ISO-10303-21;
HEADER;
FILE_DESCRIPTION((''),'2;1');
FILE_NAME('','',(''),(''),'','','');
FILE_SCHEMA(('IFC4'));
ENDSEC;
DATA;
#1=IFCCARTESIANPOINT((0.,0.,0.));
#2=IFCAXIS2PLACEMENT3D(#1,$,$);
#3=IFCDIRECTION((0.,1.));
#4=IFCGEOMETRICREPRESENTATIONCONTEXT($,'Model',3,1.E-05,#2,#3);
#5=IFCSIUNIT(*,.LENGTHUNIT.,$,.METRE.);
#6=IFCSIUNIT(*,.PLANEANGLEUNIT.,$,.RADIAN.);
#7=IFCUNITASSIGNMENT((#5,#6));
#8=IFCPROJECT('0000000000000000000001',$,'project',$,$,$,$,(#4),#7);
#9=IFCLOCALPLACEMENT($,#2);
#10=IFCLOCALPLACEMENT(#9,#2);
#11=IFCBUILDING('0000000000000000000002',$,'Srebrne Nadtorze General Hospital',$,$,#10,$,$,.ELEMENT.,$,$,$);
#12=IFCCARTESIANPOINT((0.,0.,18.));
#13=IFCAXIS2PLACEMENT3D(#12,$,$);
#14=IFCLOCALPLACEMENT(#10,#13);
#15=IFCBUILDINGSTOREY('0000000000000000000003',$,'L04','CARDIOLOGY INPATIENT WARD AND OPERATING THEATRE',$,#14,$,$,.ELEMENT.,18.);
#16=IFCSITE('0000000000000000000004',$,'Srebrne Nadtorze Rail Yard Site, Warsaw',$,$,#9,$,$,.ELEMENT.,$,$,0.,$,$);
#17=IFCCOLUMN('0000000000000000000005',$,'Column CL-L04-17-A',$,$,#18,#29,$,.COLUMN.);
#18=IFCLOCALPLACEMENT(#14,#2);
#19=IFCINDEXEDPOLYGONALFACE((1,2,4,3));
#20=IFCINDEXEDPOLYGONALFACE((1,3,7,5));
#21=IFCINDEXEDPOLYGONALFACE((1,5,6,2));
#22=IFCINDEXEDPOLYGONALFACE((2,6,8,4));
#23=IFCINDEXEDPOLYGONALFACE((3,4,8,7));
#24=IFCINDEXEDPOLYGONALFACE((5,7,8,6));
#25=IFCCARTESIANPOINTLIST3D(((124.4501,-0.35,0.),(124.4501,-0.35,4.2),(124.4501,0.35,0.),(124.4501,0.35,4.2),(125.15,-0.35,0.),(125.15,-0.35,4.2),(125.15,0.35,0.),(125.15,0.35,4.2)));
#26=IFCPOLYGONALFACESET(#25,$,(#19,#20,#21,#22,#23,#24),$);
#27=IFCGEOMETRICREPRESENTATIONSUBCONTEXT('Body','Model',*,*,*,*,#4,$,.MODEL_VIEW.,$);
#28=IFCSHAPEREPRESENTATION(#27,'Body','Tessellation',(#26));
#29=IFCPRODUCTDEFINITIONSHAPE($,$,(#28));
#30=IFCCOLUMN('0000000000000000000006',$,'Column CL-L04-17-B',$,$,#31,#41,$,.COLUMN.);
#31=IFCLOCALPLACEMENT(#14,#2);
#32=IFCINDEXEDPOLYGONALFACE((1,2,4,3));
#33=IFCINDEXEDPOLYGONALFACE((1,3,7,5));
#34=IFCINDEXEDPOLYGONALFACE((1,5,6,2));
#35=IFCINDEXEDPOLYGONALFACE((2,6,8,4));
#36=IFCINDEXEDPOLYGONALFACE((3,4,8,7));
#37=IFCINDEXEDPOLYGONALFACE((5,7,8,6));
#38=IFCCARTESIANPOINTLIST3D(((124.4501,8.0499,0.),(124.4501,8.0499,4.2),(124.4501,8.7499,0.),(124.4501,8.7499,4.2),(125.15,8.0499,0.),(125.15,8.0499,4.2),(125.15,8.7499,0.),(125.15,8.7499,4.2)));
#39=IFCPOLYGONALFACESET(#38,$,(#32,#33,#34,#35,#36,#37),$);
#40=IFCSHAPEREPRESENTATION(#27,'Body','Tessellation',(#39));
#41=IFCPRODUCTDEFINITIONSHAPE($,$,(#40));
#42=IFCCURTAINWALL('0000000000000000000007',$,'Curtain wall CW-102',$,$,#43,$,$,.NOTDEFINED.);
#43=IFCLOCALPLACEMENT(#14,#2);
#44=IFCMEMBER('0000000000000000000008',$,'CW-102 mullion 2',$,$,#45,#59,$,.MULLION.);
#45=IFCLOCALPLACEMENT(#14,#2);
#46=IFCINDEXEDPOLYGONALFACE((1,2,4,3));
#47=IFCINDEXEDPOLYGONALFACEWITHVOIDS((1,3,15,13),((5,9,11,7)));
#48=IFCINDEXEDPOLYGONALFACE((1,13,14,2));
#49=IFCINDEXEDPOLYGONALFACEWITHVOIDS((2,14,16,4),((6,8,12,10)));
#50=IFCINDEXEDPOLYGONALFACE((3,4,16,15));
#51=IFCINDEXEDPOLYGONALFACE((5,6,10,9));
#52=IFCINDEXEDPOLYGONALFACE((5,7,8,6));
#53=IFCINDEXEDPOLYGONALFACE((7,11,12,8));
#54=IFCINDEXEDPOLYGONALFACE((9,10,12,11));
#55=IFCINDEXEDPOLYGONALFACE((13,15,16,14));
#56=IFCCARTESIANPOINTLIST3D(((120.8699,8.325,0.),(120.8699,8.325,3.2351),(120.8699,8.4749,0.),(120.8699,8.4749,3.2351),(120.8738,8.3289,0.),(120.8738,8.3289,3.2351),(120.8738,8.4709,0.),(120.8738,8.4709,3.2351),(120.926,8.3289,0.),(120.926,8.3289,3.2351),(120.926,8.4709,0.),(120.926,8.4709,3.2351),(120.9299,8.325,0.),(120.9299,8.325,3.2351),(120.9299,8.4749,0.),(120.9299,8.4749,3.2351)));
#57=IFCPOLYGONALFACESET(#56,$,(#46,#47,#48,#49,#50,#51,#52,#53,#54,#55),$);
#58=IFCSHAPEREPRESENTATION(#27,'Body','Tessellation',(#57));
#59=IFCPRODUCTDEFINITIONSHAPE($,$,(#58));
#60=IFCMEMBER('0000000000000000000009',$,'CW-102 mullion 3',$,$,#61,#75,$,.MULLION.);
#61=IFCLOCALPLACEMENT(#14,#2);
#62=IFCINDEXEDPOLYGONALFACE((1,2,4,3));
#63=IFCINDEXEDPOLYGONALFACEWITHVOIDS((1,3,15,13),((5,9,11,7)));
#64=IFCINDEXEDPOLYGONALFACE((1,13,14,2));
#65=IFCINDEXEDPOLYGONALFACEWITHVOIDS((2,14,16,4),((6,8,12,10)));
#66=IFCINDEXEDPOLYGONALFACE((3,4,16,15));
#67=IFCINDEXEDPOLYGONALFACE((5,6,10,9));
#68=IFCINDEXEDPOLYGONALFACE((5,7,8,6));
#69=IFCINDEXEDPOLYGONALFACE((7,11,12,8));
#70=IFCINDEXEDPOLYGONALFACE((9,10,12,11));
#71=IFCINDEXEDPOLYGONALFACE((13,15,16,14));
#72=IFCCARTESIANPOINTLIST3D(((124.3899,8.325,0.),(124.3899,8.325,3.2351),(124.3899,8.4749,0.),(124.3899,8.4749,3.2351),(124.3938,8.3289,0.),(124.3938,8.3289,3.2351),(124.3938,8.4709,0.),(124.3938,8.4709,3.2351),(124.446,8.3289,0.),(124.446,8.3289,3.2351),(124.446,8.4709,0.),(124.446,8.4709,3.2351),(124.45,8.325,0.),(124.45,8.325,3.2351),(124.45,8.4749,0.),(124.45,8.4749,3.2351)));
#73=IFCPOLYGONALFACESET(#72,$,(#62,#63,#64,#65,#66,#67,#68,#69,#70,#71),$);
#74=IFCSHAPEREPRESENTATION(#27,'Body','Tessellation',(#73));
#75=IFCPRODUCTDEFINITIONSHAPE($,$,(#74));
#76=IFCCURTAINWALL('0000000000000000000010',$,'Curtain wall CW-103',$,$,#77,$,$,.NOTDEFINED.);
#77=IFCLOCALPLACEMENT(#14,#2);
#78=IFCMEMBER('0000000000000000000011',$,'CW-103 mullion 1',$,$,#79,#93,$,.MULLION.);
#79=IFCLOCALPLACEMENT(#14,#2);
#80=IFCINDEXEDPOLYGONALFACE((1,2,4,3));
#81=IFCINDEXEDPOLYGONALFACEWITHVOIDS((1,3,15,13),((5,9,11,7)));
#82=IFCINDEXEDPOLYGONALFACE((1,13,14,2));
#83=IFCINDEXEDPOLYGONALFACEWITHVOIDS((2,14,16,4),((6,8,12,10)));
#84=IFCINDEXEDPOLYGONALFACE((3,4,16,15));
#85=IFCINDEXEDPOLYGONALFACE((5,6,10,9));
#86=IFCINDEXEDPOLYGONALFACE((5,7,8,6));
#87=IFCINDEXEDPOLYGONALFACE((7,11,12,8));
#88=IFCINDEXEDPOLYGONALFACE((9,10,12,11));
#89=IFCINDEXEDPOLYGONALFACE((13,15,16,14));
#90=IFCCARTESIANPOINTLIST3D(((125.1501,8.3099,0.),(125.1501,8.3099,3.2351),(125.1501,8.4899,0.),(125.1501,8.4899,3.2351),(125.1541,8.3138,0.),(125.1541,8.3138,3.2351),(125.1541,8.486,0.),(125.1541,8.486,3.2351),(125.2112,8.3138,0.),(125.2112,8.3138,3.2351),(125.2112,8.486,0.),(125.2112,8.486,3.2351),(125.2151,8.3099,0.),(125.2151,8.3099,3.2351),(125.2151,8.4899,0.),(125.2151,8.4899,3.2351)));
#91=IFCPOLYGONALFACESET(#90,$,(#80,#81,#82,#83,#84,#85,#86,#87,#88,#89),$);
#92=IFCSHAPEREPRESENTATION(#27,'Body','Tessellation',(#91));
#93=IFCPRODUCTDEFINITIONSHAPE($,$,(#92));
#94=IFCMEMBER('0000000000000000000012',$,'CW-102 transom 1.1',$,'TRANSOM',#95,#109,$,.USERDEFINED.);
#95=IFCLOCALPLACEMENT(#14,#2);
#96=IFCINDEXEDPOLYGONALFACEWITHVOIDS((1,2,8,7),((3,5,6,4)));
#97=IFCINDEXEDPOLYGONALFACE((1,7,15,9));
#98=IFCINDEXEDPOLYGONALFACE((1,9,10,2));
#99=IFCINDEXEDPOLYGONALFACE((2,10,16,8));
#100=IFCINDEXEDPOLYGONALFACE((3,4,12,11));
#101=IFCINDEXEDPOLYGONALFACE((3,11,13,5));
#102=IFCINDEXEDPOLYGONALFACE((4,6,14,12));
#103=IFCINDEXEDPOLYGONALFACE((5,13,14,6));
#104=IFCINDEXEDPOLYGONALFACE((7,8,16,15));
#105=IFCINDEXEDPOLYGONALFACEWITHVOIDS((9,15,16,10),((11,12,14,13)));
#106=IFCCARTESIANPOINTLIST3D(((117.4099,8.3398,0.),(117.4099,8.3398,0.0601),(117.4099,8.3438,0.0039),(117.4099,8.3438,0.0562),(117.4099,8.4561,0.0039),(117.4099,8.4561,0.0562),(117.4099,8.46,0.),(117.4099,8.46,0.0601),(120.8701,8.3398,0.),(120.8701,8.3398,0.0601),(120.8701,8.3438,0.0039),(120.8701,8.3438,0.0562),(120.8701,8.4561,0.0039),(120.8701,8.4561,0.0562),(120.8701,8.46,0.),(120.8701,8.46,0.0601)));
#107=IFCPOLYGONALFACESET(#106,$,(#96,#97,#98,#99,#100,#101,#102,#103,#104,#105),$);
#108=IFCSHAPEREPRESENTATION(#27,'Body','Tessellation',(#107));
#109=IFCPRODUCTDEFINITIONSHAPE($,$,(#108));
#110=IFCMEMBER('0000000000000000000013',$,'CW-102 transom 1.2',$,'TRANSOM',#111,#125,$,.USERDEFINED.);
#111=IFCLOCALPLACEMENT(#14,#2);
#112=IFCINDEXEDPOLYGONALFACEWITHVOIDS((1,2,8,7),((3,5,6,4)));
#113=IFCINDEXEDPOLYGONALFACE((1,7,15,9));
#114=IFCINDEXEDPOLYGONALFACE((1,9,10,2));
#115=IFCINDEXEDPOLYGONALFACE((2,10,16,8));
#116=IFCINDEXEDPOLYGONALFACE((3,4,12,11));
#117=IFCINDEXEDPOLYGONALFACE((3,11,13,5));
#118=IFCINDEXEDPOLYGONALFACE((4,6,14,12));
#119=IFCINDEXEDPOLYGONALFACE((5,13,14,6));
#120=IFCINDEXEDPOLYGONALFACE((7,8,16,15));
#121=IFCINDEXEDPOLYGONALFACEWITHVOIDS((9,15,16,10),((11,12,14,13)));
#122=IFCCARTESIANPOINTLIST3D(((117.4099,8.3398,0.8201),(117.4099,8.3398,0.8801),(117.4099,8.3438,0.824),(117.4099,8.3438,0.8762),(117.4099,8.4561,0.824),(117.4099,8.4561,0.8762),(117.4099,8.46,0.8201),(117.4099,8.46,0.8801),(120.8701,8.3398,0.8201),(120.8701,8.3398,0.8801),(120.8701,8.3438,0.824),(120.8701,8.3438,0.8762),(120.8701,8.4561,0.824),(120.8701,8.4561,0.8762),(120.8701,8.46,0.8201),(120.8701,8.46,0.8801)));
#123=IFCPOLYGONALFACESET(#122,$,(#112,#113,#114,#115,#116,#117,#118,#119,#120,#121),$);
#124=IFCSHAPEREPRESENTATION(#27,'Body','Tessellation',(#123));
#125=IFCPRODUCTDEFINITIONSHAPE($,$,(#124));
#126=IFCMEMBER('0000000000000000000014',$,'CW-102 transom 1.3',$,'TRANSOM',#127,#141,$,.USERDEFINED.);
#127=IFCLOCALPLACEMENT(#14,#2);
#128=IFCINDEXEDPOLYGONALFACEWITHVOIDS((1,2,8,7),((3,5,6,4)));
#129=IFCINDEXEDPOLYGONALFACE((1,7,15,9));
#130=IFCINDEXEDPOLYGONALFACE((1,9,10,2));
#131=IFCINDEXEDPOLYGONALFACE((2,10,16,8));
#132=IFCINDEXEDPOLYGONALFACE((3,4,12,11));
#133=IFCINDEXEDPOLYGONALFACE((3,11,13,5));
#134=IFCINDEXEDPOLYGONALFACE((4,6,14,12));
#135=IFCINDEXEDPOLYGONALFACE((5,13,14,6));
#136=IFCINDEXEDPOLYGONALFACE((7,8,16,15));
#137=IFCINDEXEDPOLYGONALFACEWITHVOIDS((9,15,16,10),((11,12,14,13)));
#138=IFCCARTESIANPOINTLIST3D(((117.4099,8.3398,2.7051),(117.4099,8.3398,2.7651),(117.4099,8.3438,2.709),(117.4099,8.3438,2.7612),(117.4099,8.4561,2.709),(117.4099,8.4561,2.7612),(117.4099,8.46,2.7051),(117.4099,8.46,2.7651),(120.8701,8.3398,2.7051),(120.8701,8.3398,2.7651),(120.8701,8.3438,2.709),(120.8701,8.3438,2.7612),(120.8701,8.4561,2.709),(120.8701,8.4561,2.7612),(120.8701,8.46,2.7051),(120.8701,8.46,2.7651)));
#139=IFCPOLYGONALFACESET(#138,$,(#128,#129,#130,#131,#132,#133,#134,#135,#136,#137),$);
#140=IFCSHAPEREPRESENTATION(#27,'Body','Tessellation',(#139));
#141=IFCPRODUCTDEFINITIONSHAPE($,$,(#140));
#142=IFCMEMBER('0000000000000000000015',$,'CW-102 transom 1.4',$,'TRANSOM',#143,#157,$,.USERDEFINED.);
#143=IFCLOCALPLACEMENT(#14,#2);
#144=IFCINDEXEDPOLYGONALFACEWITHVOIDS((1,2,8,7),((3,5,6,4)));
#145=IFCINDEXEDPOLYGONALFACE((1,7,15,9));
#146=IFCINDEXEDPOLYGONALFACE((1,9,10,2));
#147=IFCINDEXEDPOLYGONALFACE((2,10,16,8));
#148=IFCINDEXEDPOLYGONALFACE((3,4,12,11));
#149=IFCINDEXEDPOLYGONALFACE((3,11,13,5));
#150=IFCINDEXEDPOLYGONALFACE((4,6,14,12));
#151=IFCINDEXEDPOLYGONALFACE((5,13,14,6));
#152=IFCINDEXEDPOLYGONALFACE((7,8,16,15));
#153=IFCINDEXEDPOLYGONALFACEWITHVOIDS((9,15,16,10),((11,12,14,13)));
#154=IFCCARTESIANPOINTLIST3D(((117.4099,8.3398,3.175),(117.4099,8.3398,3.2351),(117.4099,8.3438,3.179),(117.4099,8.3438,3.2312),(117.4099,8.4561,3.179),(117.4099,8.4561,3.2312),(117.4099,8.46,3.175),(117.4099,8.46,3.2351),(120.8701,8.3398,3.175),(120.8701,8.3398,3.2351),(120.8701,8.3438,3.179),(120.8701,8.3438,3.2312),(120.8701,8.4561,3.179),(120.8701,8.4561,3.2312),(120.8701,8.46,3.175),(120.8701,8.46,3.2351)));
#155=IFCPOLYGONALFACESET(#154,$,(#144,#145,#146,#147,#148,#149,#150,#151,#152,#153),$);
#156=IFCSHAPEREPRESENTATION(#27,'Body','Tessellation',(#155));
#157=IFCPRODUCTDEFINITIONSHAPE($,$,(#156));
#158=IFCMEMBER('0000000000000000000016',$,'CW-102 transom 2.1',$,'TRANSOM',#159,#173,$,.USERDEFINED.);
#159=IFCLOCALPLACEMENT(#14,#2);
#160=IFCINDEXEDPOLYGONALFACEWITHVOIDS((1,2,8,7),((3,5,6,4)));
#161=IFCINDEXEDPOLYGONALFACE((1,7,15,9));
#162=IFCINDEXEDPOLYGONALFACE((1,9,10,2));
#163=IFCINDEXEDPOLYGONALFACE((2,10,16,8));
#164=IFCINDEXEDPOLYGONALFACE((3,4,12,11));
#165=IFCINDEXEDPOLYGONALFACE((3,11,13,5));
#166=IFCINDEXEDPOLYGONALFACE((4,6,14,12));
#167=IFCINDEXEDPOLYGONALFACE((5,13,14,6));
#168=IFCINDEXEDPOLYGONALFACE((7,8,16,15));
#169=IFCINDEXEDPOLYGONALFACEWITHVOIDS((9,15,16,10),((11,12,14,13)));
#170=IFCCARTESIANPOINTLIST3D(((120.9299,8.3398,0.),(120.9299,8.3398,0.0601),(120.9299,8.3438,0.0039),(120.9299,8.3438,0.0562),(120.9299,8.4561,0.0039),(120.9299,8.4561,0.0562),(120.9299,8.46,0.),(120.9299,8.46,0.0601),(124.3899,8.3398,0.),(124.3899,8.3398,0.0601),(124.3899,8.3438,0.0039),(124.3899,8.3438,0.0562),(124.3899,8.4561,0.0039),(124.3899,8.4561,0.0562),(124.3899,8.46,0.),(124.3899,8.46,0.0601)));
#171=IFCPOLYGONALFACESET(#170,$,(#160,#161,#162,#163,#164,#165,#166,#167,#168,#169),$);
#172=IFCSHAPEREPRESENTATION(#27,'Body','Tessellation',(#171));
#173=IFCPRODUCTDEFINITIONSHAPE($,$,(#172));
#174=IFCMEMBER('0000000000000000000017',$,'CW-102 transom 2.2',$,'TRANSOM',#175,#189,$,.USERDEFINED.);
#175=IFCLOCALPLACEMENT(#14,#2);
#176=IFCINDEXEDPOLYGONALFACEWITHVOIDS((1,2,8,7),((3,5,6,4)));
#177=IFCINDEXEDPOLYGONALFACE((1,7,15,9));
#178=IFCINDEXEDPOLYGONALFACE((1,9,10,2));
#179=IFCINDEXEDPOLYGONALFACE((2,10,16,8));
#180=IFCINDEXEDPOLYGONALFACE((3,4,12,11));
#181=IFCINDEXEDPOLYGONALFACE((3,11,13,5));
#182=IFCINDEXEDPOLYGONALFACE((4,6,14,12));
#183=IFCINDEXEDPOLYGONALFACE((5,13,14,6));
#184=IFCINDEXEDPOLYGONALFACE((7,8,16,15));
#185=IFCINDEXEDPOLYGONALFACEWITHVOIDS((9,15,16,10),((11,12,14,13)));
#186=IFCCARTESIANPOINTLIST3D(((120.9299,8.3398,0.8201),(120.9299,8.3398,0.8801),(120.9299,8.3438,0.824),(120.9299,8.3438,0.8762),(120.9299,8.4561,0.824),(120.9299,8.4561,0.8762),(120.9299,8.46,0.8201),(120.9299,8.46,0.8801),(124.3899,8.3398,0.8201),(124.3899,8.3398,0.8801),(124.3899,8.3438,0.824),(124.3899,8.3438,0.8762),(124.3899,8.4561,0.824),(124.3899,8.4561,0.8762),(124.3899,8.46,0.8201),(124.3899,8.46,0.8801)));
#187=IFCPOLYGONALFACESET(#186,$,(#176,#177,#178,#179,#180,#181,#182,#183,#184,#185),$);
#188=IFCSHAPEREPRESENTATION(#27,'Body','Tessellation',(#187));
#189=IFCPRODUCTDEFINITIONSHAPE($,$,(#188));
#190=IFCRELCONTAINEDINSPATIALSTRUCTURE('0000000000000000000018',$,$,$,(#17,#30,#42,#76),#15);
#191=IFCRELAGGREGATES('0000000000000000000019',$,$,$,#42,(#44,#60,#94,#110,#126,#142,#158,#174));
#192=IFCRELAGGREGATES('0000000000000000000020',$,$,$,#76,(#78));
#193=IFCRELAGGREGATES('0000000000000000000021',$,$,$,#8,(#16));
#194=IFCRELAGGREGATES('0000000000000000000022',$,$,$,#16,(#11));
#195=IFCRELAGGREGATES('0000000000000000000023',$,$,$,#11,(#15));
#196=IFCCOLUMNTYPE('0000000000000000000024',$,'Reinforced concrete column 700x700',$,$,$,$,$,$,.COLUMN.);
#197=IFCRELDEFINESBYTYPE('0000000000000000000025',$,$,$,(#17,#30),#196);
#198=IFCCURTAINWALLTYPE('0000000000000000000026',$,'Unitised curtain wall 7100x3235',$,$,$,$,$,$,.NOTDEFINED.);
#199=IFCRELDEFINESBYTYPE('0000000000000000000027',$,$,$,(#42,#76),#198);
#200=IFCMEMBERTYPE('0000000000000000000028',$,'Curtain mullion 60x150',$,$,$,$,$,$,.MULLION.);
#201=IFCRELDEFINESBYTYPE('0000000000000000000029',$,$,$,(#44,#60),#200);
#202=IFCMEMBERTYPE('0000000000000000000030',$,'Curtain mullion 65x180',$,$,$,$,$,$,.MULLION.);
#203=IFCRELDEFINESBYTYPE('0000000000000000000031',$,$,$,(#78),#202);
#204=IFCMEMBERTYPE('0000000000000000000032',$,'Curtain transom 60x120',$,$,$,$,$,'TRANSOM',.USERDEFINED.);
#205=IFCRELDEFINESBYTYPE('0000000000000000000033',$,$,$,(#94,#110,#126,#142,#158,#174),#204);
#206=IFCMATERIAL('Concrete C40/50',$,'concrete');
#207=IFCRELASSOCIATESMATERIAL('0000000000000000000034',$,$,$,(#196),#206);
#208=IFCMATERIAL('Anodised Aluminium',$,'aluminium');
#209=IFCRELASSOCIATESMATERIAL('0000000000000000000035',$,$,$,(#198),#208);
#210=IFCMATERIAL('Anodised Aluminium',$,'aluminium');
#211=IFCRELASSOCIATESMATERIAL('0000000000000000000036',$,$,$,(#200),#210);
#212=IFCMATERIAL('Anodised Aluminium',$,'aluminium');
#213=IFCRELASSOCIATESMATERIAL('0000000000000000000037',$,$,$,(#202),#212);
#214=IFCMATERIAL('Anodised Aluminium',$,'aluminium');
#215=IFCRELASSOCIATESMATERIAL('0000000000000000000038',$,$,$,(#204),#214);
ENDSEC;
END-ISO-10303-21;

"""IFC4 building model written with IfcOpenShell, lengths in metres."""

from ifc_helpers import new_model, si_unit, direction, frame, origin, origin_2d, place, context, subcontext, project, spatial, rectangle, hollow_rectangle, extrude, material, material_profile, profile_set, type_object, element, aggregate, save


model = new_model("IFC4")

# Units and contexts
model_context = context("Model", 3, precision=1e-05, world=origin(), true_north=direction((0.0, 1.0)))
body_context = subcontext(model_context, "Body", "Model", "MODEL_VIEW")
ifc_project = project(units=[si_unit("LENGTHUNIT", "METRE"), si_unit("PLANEANGLEUNIT", "RADIAN")], contexts=[model_context])

# Site, building, storey
site_placement = place(None, origin())
site = spatial("IfcSite", under=ifc_project, at=site_placement, Name="Srebrne Nadtorze Rail Yard Site, Warsaw", CompositionType="ELEMENT", RefElevation=0.0)
building_placement = place(site_placement, origin())
building = spatial("IfcBuilding", under=site, at=building_placement, Name="Srebrne Nadtorze General Hospital", CompositionType="ELEMENT")
storey_placement = place(building_placement, frame((0.0, 0.0, 18.0)))
storey = spatial("IfcBuildingStorey", under=building, at=storey_placement, Name="L04", Description="CARDIOLOGY INPATIENT WARD AND OPERATING THEATRE", CompositionType="ELEMENT", Elevation=18.0)

# Columns
ifc_material_1 = material(Name="Concrete C40/50", Category="concrete")
ifc_material_profile_1 = material_profile(ifc_material_1, rectangle(XDim=0.7, YDim=0.7, at=origin_2d()), Name="RC-COL-700x700")
ifc_profile_set_1 = profile_set([ifc_material_profile_1], Name="Concrete C40/50")
column_type = type_object("IfcColumnType", Name="Reinforced concrete column 700x700", PredefinedType="COLUMN", material=ifc_profile_set_1)
for number, where, z_axis, x_axis, name in (
    (1, (124.8, 0.0, 0.0), (0.0, 0.0, 1.0), (1.0, 0.0, 0.0), "Column CL-L04-17-A"),
    (2, (124.8, 8.3999, 0.0), (0.0, 0.0, 1.0), (1.0, 0.0, 0.0), "Column CL-L04-17-B"),
):
    element("IfcColumn", number, at=place(storey_placement, frame(where, z_axis=z_axis, x_axis=x_axis)), inside=storey, type_object=column_type, Name=name, PredefinedType="COLUMN", context=body_context, shape_type="SweptSolid", body=[
        extrude(rectangle(XDim=0.7, YDim=0.7, at=origin_2d()), origin(), (0.0, 0.0, 1.0), 4.2),
    ])

# Curtain wall, members
ifc_material_2 = material(Name="Anodised Aluminium", Category="aluminium")
curtain_wall_type = type_object("IfcCurtainWallType", Name="Unitised curtain wall 7100x3235", PredefinedType="NOTDEFINED", material=ifc_material_2)
curtain_wall_1_placement = place(storey_placement, origin())
curtain_wall_1 = element("IfcCurtainWall", 3, at=curtain_wall_1_placement, inside=storey, type_object=curtain_wall_type, Name="Curtain wall CW-102", PredefinedType="NOTDEFINED")
ifc_material_3 = material(Name="Anodised Aluminium", Category="aluminium")
ifc_material_profile_2 = material_profile(ifc_material_3, hollow_rectangle(XDim=0.0601, YDim=0.1499, WallThickness=0.0039, at=origin_2d()), Name="AL-MUL-60x150")
ifc_profile_set_2 = profile_set([ifc_material_profile_2], Name="Anodised Aluminium")
member_type_1 = type_object("IfcMemberType", Name="Curtain mullion 60x150", PredefinedType="MULLION", material=ifc_profile_set_2)
member_1_placement = place(storey_placement, frame((120.8999, 8.3999, 0.0), z_axis=(0.0, 0.0, 1.0), x_axis=(1.0, 0.0, 0.0)))
member_1 = element("IfcMember", 4, at=member_1_placement, type_object=member_type_1, Name="CW-102 mullion 2", PredefinedType="MULLION", context=body_context, shape_type="SweptSolid", body=[
    extrude(hollow_rectangle(XDim=0.0601, YDim=0.1499, WallThickness=0.0039, at=origin_2d()), origin(), (0.0, 0.0, 1.0), 3.2351),
])
member_2_placement = place(storey_placement, frame((124.4199, 8.3999, 0.0), z_axis=(0.0, 0.0, 1.0), x_axis=(1.0, 0.0, 0.0)))
member_2 = element("IfcMember", 5, at=member_2_placement, type_object=member_type_1, Name="CW-102 mullion 3", PredefinedType="MULLION", context=body_context, shape_type="SweptSolid", body=[
    extrude(hollow_rectangle(XDim=0.0601, YDim=0.1499, WallThickness=0.0039, at=origin_2d()), origin(), (0.0, 0.0, 1.0), 3.2351),
])

# Curtain wall, member
curtain_wall_2_placement = place(storey_placement, origin())
curtain_wall_2 = element("IfcCurtainWall", 6, at=curtain_wall_2_placement, inside=storey, type_object=curtain_wall_type, Name="Curtain wall CW-103", PredefinedType="NOTDEFINED")
ifc_material_4 = material(Name="Anodised Aluminium", Category="aluminium")
ifc_material_profile_3 = material_profile(ifc_material_4, hollow_rectangle(XDim=0.0649, YDim=0.1799, WallThickness=0.0039, at=origin_2d()), Name="AL-MUL-65x180")
ifc_profile_set_3 = profile_set([ifc_material_profile_3], Name="Anodised Aluminium")
member_type_2 = type_object("IfcMemberType", Name="Curtain mullion 65x180", PredefinedType="MULLION", material=ifc_profile_set_3)
member_3_placement = place(storey_placement, frame((125.1826, 8.3999, 0.0), z_axis=(0.0, 0.0, 1.0), x_axis=(1.0, 0.0, 0.0)))
member_3 = element("IfcMember", 7, at=member_3_placement, type_object=member_type_2, Name="CW-103 mullion 1", PredefinedType="MULLION", context=body_context, shape_type="SweptSolid", body=[
    extrude(hollow_rectangle(XDim=0.0649, YDim=0.1799, WallThickness=0.0039, at=origin_2d()), origin(), (0.0, 0.0, 1.0), 3.2351),
])

# Members
ifc_material_5 = material(Name="Anodised Aluminium", Category="aluminium")
ifc_material_profile_4 = material_profile(ifc_material_5, hollow_rectangle(XDim=0.0601, YDim=0.1201, WallThickness=0.0039, at=origin_2d()), Name="AL-TRN-60x120")
ifc_profile_set_4 = profile_set([ifc_material_profile_4], Name="Anodised Aluminium")
member_type_3 = type_object("IfcMemberType", Name="Curtain transom 60x120", ElementType="TRANSOM", PredefinedType="USERDEFINED", material=ifc_profile_set_4)
member_4_placement = place(storey_placement, frame((117.4099, 8.3999, 0.03), z_axis=(1.0, 0.0, 0.0), x_axis=(0.0, 0.0, 1.0)))
member_4 = element("IfcMember", 8, at=member_4_placement, type_object=member_type_3, Name="CW-102 transom 1.1", ObjectType="TRANSOM", PredefinedType="USERDEFINED", context=body_context, shape_type="SweptSolid", body=[
    extrude(hollow_rectangle(XDim=0.0601, YDim=0.1201, WallThickness=0.0039, at=origin_2d()), origin(), (0.0, 0.0, 1.0), 3.4602),
])
member_5_placement = place(storey_placement, frame((117.4099, 8.3999, 0.8501), z_axis=(1.0, 0.0, 0.0), x_axis=(0.0, 0.0, 1.0)))
member_5 = element("IfcMember", 9, at=member_5_placement, type_object=member_type_3, Name="CW-102 transom 1.2", ObjectType="TRANSOM", PredefinedType="USERDEFINED", context=body_context, shape_type="SweptSolid", body=[
    extrude(hollow_rectangle(XDim=0.0601, YDim=0.1201, WallThickness=0.0039, at=origin_2d()), origin(), (0.0, 0.0, 1.0), 3.4602),
])
member_6_placement = place(storey_placement, frame((117.4099, 8.3999, 2.7351), z_axis=(1.0, 0.0, 0.0), x_axis=(0.0, 0.0, 1.0)))
member_6 = element("IfcMember", 10, at=member_6_placement, type_object=member_type_3, Name="CW-102 transom 1.3", ObjectType="TRANSOM", PredefinedType="USERDEFINED", context=body_context, shape_type="SweptSolid", body=[
    extrude(hollow_rectangle(XDim=0.0601, YDim=0.1201, WallThickness=0.0039, at=origin_2d()), origin(), (0.0, 0.0, 1.0), 3.4602),
])
member_7_placement = place(storey_placement, frame((117.4099, 8.3999, 3.2051), z_axis=(1.0, 0.0, 0.0), x_axis=(0.0, 0.0, 1.0)))
member_7 = element("IfcMember", 11, at=member_7_placement, type_object=member_type_3, Name="CW-102 transom 1.4", ObjectType="TRANSOM", PredefinedType="USERDEFINED", context=body_context, shape_type="SweptSolid", body=[
    extrude(hollow_rectangle(XDim=0.0601, YDim=0.1201, WallThickness=0.0039, at=origin_2d()), origin(), (0.0, 0.0, 1.0), 3.4602),
])
member_8_placement = place(storey_placement, frame((120.9299, 8.3999, 0.03), z_axis=(1.0, 0.0, 0.0), x_axis=(0.0, 0.0, 1.0)))
member_8 = element("IfcMember", 12, at=member_8_placement, type_object=member_type_3, Name="CW-102 transom 2.1", ObjectType="TRANSOM", PredefinedType="USERDEFINED", context=body_context, shape_type="SweptSolid", body=[
    extrude(hollow_rectangle(XDim=0.0601, YDim=0.1201, WallThickness=0.0039, at=origin_2d()), origin(), (0.0, 0.0, 1.0), 3.46),
])
member_9_placement = place(storey_placement, frame((120.9299, 8.3999, 0.8501), z_axis=(1.0, 0.0, 0.0), x_axis=(0.0, 0.0, 1.0)))
member_9 = element("IfcMember", 13, at=member_9_placement, type_object=member_type_3, Name="CW-102 transom 2.2", ObjectType="TRANSOM", PredefinedType="USERDEFINED", context=body_context, shape_type="SweptSolid", body=[
    extrude(hollow_rectangle(XDim=0.0601, YDim=0.1201, WallThickness=0.0039, at=origin_2d()), origin(), (0.0, 0.0, 1.0), 3.46),
])

aggregate(curtain_wall_1, [member_1, member_2, member_4, member_5, member_6, member_7, member_8, member_9])
aggregate(curtain_wall_2, [member_3])

save(model, "model.ifc")
